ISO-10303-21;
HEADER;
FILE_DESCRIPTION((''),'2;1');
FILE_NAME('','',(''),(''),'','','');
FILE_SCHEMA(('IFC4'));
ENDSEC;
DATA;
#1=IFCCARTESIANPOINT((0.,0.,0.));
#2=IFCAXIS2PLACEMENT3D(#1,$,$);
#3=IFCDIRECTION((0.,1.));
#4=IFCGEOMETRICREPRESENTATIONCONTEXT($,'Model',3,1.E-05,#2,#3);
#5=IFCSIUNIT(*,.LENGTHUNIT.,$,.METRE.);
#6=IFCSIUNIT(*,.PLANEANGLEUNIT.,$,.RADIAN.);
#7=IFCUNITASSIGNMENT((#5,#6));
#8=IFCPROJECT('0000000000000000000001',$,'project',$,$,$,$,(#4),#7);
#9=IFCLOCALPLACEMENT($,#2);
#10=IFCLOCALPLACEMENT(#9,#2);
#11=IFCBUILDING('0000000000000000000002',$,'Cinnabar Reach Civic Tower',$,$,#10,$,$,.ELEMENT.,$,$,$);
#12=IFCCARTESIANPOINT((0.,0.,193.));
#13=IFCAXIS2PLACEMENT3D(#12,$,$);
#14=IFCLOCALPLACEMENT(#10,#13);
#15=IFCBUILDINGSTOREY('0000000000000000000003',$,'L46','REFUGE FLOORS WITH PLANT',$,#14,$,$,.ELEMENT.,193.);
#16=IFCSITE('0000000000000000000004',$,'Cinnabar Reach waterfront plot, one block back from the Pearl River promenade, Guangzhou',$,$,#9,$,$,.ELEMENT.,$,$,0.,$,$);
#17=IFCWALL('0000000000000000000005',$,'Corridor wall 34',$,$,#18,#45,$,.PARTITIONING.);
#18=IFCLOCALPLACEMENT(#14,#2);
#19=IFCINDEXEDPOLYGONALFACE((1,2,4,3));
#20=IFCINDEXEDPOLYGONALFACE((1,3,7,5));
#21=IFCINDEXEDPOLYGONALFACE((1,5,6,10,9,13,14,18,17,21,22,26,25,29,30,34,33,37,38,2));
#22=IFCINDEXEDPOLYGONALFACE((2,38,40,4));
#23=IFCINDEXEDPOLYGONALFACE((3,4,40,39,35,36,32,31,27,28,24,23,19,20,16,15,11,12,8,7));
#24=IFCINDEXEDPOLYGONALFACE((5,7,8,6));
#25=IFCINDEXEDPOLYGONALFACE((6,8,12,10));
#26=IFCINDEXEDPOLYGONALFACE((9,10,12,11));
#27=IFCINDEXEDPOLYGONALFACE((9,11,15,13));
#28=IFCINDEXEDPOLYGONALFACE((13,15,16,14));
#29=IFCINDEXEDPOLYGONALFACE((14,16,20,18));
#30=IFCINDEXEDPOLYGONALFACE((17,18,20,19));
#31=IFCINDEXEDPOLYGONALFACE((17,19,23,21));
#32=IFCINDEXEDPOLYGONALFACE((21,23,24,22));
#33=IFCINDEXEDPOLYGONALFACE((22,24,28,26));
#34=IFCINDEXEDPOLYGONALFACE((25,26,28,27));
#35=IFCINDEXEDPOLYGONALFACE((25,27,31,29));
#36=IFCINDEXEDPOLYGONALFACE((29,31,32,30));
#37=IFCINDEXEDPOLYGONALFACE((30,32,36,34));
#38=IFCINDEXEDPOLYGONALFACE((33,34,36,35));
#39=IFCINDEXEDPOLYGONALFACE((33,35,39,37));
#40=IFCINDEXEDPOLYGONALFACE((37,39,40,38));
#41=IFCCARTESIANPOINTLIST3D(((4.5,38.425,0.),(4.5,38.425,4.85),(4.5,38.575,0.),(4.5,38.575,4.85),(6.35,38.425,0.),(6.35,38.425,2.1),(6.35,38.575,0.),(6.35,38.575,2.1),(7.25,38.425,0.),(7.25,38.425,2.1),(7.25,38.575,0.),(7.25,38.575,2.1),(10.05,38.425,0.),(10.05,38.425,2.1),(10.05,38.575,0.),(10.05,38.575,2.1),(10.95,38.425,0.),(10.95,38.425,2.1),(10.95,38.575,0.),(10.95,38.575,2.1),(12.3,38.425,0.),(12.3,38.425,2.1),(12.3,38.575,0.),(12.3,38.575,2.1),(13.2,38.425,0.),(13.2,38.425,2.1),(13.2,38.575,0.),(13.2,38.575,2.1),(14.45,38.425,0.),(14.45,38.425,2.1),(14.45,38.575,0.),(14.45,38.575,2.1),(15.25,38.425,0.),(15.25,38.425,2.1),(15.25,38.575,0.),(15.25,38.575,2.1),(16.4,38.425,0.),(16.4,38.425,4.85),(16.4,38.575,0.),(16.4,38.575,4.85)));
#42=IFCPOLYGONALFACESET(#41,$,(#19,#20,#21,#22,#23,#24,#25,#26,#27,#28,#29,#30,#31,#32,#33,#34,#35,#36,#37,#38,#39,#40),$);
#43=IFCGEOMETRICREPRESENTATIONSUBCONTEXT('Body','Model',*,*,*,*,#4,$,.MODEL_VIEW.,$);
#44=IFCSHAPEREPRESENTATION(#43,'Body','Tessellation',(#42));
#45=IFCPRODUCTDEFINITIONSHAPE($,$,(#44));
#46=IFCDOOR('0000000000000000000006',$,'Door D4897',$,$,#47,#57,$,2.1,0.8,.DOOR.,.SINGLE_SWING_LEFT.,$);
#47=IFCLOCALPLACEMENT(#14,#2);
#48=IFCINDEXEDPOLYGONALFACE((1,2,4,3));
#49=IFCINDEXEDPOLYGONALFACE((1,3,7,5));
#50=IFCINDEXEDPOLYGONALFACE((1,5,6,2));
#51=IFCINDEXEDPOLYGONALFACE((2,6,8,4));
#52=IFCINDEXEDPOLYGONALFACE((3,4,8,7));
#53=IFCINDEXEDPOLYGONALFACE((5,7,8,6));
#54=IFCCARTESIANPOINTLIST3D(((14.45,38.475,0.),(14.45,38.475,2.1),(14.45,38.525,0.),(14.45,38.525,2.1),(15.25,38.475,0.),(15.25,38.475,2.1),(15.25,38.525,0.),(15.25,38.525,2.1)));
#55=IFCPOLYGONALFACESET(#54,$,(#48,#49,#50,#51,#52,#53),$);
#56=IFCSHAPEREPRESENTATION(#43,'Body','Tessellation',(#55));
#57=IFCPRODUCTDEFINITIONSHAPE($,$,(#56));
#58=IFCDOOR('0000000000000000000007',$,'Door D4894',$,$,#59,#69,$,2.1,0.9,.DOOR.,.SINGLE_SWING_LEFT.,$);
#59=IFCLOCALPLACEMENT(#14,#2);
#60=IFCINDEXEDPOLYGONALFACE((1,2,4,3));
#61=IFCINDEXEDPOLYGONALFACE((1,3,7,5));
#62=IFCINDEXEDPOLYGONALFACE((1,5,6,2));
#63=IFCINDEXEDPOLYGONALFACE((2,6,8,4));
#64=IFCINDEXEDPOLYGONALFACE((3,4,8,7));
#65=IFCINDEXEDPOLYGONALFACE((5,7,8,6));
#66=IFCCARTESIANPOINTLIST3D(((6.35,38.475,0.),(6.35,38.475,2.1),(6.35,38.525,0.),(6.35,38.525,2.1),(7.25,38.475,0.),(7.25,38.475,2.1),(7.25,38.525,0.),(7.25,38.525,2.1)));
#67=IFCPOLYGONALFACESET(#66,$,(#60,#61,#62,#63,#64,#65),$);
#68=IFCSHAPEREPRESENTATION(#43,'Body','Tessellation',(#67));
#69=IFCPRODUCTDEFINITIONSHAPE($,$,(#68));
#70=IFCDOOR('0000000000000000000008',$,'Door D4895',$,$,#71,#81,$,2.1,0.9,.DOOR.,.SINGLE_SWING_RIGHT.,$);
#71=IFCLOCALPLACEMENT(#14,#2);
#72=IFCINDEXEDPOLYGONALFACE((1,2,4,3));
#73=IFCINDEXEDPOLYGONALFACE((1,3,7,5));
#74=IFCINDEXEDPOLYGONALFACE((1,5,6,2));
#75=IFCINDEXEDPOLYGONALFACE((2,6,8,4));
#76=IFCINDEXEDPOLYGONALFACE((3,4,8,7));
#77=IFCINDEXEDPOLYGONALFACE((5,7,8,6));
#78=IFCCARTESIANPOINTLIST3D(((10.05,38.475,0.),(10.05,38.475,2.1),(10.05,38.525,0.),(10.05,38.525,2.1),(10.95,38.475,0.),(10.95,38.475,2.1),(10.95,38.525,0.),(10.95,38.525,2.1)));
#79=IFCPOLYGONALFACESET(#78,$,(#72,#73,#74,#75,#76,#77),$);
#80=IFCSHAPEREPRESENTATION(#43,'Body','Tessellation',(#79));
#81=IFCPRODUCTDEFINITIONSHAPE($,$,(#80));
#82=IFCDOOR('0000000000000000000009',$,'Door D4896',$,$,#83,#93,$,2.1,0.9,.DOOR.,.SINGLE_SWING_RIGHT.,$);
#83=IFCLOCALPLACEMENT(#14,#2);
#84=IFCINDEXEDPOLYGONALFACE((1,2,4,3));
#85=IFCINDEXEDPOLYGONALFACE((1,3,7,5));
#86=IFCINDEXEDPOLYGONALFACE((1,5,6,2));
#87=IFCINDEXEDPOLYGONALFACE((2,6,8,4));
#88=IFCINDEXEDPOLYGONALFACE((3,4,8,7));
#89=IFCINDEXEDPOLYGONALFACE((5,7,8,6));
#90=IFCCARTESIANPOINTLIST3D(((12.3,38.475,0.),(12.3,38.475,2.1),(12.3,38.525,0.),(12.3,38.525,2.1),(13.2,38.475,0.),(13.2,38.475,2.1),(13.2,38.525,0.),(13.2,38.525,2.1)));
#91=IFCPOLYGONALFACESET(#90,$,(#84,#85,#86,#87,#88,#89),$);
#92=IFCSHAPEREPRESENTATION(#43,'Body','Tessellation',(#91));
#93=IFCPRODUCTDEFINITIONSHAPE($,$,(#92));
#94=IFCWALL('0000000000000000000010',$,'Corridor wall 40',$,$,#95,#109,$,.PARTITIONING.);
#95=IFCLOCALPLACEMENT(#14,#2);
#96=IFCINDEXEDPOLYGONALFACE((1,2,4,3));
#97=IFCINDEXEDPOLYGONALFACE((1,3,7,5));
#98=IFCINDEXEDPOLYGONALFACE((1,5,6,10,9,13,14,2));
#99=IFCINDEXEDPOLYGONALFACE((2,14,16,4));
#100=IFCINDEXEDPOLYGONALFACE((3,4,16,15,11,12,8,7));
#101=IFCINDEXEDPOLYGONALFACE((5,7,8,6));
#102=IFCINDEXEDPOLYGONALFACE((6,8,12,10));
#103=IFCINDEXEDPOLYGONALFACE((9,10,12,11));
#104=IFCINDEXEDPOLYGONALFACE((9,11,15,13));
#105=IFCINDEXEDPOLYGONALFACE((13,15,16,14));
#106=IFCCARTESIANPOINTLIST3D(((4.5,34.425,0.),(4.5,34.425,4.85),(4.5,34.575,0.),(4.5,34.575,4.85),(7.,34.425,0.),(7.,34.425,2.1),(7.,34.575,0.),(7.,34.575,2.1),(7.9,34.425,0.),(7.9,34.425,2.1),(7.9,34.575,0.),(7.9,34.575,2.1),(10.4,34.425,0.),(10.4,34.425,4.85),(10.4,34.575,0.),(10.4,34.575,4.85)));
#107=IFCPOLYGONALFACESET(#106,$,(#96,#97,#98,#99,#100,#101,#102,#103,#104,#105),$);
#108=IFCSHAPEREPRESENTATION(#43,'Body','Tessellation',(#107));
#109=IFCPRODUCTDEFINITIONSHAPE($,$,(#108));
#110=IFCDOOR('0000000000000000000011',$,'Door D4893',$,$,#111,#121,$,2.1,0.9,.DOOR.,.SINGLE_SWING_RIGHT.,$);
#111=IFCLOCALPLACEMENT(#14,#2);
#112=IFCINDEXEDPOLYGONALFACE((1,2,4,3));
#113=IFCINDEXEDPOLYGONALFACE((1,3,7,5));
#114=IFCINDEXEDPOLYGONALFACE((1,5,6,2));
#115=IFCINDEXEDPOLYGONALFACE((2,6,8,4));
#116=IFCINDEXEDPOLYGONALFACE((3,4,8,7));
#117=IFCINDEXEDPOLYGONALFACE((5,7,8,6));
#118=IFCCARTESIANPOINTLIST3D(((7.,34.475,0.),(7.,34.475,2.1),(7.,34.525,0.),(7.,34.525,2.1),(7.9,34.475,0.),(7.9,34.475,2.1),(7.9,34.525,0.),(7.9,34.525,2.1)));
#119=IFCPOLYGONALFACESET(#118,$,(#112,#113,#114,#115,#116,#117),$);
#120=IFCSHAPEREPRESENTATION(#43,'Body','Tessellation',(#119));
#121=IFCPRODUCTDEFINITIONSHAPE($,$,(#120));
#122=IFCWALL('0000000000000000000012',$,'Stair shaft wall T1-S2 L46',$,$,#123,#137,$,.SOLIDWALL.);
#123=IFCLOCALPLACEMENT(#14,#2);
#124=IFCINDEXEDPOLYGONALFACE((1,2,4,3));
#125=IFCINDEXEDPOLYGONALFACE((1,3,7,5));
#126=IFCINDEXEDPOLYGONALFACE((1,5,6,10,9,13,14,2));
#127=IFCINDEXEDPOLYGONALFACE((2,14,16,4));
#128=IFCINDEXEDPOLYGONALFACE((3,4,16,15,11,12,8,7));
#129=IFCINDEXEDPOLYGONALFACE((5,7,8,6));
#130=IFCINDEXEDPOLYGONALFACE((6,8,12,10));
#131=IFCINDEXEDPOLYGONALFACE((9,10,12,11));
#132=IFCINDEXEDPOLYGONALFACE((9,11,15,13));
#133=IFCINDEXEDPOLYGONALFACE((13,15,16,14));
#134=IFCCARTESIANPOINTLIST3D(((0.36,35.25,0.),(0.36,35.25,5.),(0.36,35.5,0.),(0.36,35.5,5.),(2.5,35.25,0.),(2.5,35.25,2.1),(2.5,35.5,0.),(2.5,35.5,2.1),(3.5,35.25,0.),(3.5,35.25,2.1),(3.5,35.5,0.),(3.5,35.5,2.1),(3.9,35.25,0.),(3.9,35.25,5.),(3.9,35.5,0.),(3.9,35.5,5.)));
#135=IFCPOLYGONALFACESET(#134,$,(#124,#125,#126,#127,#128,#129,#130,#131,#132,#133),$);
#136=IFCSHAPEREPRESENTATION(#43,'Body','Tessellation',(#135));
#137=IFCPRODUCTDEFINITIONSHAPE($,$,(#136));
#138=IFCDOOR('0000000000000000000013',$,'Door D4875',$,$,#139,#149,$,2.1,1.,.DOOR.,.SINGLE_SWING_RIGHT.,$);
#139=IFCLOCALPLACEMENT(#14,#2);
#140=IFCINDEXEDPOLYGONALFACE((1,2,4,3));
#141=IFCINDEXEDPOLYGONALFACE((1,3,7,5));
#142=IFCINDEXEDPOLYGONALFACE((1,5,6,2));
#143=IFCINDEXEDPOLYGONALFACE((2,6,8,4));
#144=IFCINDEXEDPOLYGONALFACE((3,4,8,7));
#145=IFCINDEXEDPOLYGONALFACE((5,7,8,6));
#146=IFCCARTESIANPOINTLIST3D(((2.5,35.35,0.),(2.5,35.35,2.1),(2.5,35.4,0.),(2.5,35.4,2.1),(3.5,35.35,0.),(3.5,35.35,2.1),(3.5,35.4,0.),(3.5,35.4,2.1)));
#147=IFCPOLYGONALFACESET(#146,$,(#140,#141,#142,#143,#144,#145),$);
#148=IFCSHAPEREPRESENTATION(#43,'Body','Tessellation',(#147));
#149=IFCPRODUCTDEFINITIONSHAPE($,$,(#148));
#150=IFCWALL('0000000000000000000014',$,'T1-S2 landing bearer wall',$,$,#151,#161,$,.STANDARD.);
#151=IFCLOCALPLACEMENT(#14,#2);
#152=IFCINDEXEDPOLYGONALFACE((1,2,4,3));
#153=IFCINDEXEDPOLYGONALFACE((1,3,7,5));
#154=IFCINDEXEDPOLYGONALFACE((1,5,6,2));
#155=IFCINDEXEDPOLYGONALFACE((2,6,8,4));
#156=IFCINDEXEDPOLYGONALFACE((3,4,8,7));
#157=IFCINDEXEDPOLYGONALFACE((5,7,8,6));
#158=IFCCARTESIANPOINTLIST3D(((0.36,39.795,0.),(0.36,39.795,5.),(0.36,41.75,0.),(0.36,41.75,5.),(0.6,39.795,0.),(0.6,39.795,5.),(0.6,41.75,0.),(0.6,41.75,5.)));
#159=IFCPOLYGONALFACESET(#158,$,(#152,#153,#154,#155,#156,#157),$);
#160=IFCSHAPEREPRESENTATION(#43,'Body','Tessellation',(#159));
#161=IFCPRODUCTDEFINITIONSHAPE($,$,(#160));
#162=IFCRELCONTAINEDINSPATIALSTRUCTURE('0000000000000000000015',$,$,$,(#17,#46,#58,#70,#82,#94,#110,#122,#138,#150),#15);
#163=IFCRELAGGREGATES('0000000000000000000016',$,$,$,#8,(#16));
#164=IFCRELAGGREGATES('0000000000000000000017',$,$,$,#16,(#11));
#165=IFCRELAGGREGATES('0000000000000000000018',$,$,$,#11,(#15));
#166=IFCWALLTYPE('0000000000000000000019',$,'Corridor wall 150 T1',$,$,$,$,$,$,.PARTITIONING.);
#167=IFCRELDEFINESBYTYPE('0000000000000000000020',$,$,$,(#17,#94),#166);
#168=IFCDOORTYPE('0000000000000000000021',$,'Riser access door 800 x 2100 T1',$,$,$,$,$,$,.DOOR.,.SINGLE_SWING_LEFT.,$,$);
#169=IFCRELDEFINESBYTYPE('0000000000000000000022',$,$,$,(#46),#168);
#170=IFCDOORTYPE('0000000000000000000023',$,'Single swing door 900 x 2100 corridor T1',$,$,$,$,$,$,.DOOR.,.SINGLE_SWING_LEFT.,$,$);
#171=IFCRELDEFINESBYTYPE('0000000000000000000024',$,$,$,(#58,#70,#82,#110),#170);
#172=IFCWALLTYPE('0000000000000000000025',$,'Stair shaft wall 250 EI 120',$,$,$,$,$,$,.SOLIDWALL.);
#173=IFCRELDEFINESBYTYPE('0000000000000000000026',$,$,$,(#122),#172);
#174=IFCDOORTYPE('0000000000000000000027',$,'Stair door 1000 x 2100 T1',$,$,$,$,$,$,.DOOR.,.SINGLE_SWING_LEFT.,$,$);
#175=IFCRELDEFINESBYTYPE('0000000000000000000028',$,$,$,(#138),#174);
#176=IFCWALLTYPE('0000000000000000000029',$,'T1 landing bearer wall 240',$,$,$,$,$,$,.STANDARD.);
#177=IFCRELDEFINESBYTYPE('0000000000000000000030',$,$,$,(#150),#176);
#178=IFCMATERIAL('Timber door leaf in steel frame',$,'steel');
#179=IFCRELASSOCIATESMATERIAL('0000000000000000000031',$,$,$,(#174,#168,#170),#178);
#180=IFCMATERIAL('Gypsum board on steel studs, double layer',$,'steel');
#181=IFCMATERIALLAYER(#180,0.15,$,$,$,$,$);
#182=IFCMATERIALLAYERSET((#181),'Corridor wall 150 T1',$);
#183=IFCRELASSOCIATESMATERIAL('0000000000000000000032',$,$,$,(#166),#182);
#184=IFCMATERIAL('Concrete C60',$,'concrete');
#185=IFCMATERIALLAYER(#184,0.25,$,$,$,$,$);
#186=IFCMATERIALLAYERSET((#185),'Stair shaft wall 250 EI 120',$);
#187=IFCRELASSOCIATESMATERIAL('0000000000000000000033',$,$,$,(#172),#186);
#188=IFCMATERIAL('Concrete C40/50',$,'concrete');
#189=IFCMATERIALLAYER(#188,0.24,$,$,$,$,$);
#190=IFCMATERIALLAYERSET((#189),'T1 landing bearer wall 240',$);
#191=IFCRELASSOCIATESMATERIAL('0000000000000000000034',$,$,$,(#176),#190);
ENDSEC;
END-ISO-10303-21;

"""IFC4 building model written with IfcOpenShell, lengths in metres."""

from ifc_helpers import new_model, si_unit, direction, frame, frame_2d, origin, place, context, subcontext, project, spatial, rectangle, extrude, material, layer, layer_set, type_object, element, fill, save


model = new_model("IFC4")

# Units and contexts
model_context = context("Model", 3, precision=1e-05, world=origin(), true_north=direction((0.0, 1.0)))
body_context = subcontext(model_context, "Body", "Model", "MODEL_VIEW")
ifc_project = project(units=[si_unit("LENGTHUNIT", "METRE"), si_unit("PLANEANGLEUNIT", "RADIAN")], contexts=[model_context])

# Site, building, storey
site_placement = place(None, origin())
site = spatial("IfcSite", under=ifc_project, at=site_placement, Name="Cinnabar Reach waterfront plot, one block back from the Pearl River promenade, Guangzhou", CompositionType="ELEMENT", RefElevation=0.0)
building_placement = place(site_placement, origin())
building = spatial("IfcBuilding", under=site, at=building_placement, Name="Cinnabar Reach Civic Tower", CompositionType="ELEMENT")
storey_placement = place(building_placement, frame((0.0, 0.0, 193.0)))
storey = spatial("IfcBuildingStorey", under=building, at=storey_placement, Name="L46", Description="REFUGE FLOORS WITH PLANT", CompositionType="ELEMENT", Elevation=193.0)

# Shared definitions
ifc_material_1 = material(Name="Concrete C60", Category="concrete")

# Shared definitions
ifc_material_2 = material(Name="Timber door leaf in steel frame", Category="steel")
door_type_1 = type_object("IfcDoorType", Name="Stair door 1000 x 2100 T1", OperationType="SINGLE_SWING_LEFT", PredefinedType="DOOR", material=ifc_material_2)

# Wall, openings, doors
ifc_material_3 = material(Name="Gypsum board on steel studs, double layer", Category="steel")
ifc_layer_1 = layer(ifc_material_3, 0.15)
ifc_layer_set_1 = layer_set([ifc_layer_1], Name="Corridor wall 150 T1")
wall_type_1 = type_object("IfcWallType", Name="Corridor wall 150 T1", PredefinedType="PARTITIONING", material=ifc_layer_set_1)
wall_1_placement = place(storey_placement, frame((4.5, 38.5, 0.0), z_axis=(0.0, 0.0, 1.0), x_axis=(1.0, 0.0, 0.0)))
wall_1 = element("IfcWall", 1, at=wall_1_placement, inside=storey, type_object=wall_type_1, Name="Corridor wall 34", PredefinedType="PARTITIONING", context=body_context, shape_type="SweptSolid", body=[
    extrude(rectangle(XDim=11.9, YDim=0.15, at=frame_2d((5.95, 0.0))), origin(), (0.0, 0.0, 1.0), 4.85),
])
opening_1_placement = place(wall_1_placement, frame((1.85, 0.0, 0.0)))
opening_1 = element("IfcOpeningElement", 2, at=opening_1_placement, cuts=wall_1, PredefinedType="OPENING", context=body_context, shape_type="SweptSolid", body=[
    extrude(rectangle(XDim=0.9, YDim=2.1, at=frame_2d((0.45, 1.05))), frame((0.0, 0.085, 0.0), z_axis=(0.0, -1.0, 0.0), x_axis=(1.0, 0.0, 0.0)), (0.0, 0.0, 1.0), 0.17),
])
opening_2_placement = place(wall_1_placement, frame((5.55, 0.0, 0.0)))
opening_2 = element("IfcOpeningElement", 3, at=opening_2_placement, cuts=wall_1, PredefinedType="OPENING", context=body_context, shape_type="SweptSolid", body=[
    extrude(rectangle(XDim=0.9, YDim=2.1, at=frame_2d((0.45, 1.05))), frame((0.0, 0.085, 0.0), z_axis=(0.0, -1.0, 0.0), x_axis=(1.0, 0.0, 0.0)), (0.0, 0.0, 1.0), 0.17),
])
opening_3_placement = place(wall_1_placement, frame((7.8, 0.0, 0.0)))
opening_3 = element("IfcOpeningElement", 4, at=opening_3_placement, cuts=wall_1, PredefinedType="OPENING", context=body_context, shape_type="SweptSolid", body=[
    extrude(rectangle(XDim=0.9, YDim=2.1, at=frame_2d((0.45, 1.05))), frame((0.0, 0.085, 0.0), z_axis=(0.0, -1.0, 0.0), x_axis=(1.0, 0.0, 0.0)), (0.0, 0.0, 1.0), 0.17),
])
opening_4_placement = place(wall_1_placement, frame((9.95, 0.0, 0.0)))
opening_4 = element("IfcOpeningElement", 5, at=opening_4_placement, cuts=wall_1, PredefinedType="OPENING", context=body_context, shape_type="SweptSolid", body=[
    extrude(rectangle(XDim=0.8, YDim=2.1, at=frame_2d((0.4, 1.05))), frame((0.0, 0.085, 0.0), z_axis=(0.0, -1.0, 0.0), x_axis=(1.0, 0.0, 0.0)), (0.0, 0.0, 1.0), 0.17),
])
door_type_2 = type_object("IfcDoorType", Name="Riser access door 800 x 2100 T1", OperationType="SINGLE_SWING_LEFT", PredefinedType="DOOR", material=ifc_material_2)
door_1_placement = place(opening_4_placement, origin())
door_1 = element("IfcDoor", 6, at=door_1_placement, inside=storey, type_object=door_type_2, Name="Door D4897", OperationType="SINGLE_SWING_LEFT", OverallHeight=2.1, OverallWidth=0.8, PredefinedType="DOOR", context=body_context, shape_type="SweptSolid", body=[
    extrude(rectangle(XDim=0.8, YDim=2.1, at=frame_2d((0.4, 1.05))), frame((0.0, 0.025, 0.0), z_axis=(0.0, -1.0, 0.0), x_axis=(1.0, 0.0, 0.0)), (0.0, 0.0, 1.0), 0.05),
])
fill(opening_4, door_1)
door_type_3 = type_object("IfcDoorType", Name="Single swing door 900 x 2100 corridor T1", OperationType="SINGLE_SWING_LEFT", PredefinedType="DOOR", material=ifc_material_2)
door_2_placement = place(opening_1_placement, origin())
door_2 = element("IfcDoor", 7, at=door_2_placement, inside=storey, type_object=door_type_3, Name="Door D4894", OperationType="SINGLE_SWING_LEFT", OverallHeight=2.1, OverallWidth=0.9, PredefinedType="DOOR", context=body_context, shape_type="SweptSolid", body=[
    extrude(rectangle(XDim=0.9, YDim=2.1, at=frame_2d((0.45, 1.05))), frame((0.0, 0.025, 0.0), z_axis=(0.0, -1.0, 0.0), x_axis=(1.0, 0.0, 0.0)), (0.0, 0.0, 1.0), 0.05),
])
fill(opening_1, door_2)
door_3_placement = place(opening_2_placement, origin())
door_3 = element("IfcDoor", 8, at=door_3_placement, inside=storey, type_object=door_type_3, Name="Door D4895", OperationType="SINGLE_SWING_RIGHT", OverallHeight=2.1, OverallWidth=0.9, PredefinedType="DOOR", context=body_context, shape_type="SweptSolid", body=[
    extrude(rectangle(XDim=0.9, YDim=2.1, at=frame_2d((0.45, 1.05))), frame((0.0, 0.025, 0.0), z_axis=(0.0, -1.0, 0.0), x_axis=(1.0, 0.0, 0.0)), (0.0, 0.0, 1.0), 0.05),
])
fill(opening_2, door_3)
door_4_placement = place(opening_3_placement, origin())
door_4 = element("IfcDoor", 9, at=door_4_placement, inside=storey, type_object=door_type_3, Name="Door D4896", OperationType="SINGLE_SWING_RIGHT", OverallHeight=2.1, OverallWidth=0.9, PredefinedType="DOOR", context=body_context, shape_type="SweptSolid", body=[
    extrude(rectangle(XDim=0.9, YDim=2.1, at=frame_2d((0.45, 1.05))), frame((0.0, 0.025, 0.0), z_axis=(0.0, -1.0, 0.0), x_axis=(1.0, 0.0, 0.0)), (0.0, 0.0, 1.0), 0.05),
])
fill(opening_3, door_4)

# Walls, openings, doors
wall_2_placement = place(storey_placement, frame((4.5, 34.5, 0.0), z_axis=(0.0, 0.0, 1.0), x_axis=(1.0, 0.0, 0.0)))
wall_2 = element("IfcWall", 10, at=wall_2_placement, inside=storey, type_object=wall_type_1, Name="Corridor wall 40", PredefinedType="PARTITIONING", context=body_context, shape_type="SweptSolid", body=[
    extrude(rectangle(XDim=5.9, YDim=0.15, at=frame_2d((2.95, 0.0))), origin(), (0.0, 0.0, 1.0), 4.85),
])
opening_5_placement = place(wall_2_placement, frame((2.5, 0.0, 0.0)))
opening_5 = element("IfcOpeningElement", 11, at=opening_5_placement, cuts=wall_2, PredefinedType="OPENING", context=body_context, shape_type="SweptSolid", body=[
    extrude(rectangle(XDim=0.9, YDim=2.1, at=frame_2d((0.45, 1.05))), frame((0.0, 0.085, 0.0), z_axis=(0.0, -1.0, 0.0), x_axis=(1.0, 0.0, 0.0)), (0.0, 0.0, 1.0), 0.17),
])
door_5_placement = place(opening_5_placement, frame((0.9, 0.0, 0.0), z_axis=(0.0, 0.0, 1.0), x_axis=(-1.0, 0.0, 0.0)))
door_5 = element("IfcDoor", 12, at=door_5_placement, inside=storey, type_object=door_type_3, Name="Door D4893", OperationType="SINGLE_SWING_RIGHT", OverallHeight=2.1, OverallWidth=0.9, PredefinedType="DOOR", context=body_context, shape_type="SweptSolid", body=[
    extrude(rectangle(XDim=0.9, YDim=2.1, at=frame_2d((0.45, 1.05))), frame((0.0, 0.025, 0.0), z_axis=(0.0, -1.0, 0.0), x_axis=(1.0, 0.0, 0.0)), (0.0, 0.0, 1.0), 0.05),
])
fill(opening_5, door_5)
ifc_layer_2 = layer(ifc_material_1, 0.25)
ifc_layer_set_2 = layer_set([ifc_layer_2], Name="Stair shaft wall 250 EI 120")
wall_type_2 = type_object("IfcWallType", Name="Stair shaft wall 250 EI 120", PredefinedType="SOLIDWALL", material=ifc_layer_set_2)
wall_3_placement = place(storey_placement, frame((0.36, 35.375, 0.0), z_axis=(0.0, 0.0, 1.0), x_axis=(1.0, 0.0, 0.0)))
wall_3 = element("IfcWall", 13, at=wall_3_placement, inside=storey, type_object=wall_type_2, Name="Stair shaft wall T1-S2 L46", PredefinedType="SOLIDWALL", context=body_context, shape_type="SweptSolid", body=[
    extrude(rectangle(XDim=3.54, YDim=0.25, at=frame_2d((1.77, 0.0))), origin(), (0.0, 0.0, 1.0), 5.0),
])
opening_6_placement = place(wall_3_placement, frame((2.14, 0.0, 0.0)))
opening_6 = element("IfcOpeningElement", 14, at=opening_6_placement, cuts=wall_3, PredefinedType="OPENING", context=body_context, shape_type="SweptSolid", body=[
    extrude(rectangle(XDim=1.0, YDim=2.1, at=frame_2d((0.5, 1.05))), frame((0.0, 0.135, 0.0), z_axis=(0.0, -1.0, 0.0), x_axis=(1.0, 0.0, 0.0)), (0.0, 0.0, 1.0), 0.27),
])
door_6_placement = place(opening_6_placement, origin())
door_6 = element("IfcDoor", 15, at=door_6_placement, inside=storey, type_object=door_type_1, Name="Door D4875", OperationType="SINGLE_SWING_RIGHT", OverallHeight=2.1, OverallWidth=1.0, PredefinedType="DOOR", context=body_context, shape_type="SweptSolid", body=[
    extrude(rectangle(XDim=1.0, YDim=2.1, at=frame_2d((0.5, 1.05))), frame((0.0, 0.025, 0.0), z_axis=(0.0, -1.0, 0.0), x_axis=(1.0, 0.0, 0.0)), (0.0, 0.0, 1.0), 0.05),
])
fill(opening_6, door_6)

# Wall
ifc_material_4 = material(Name="Concrete C40/50", Category="concrete")
ifc_layer_3 = layer(ifc_material_4, 0.24)
ifc_layer_set_3 = layer_set([ifc_layer_3], Name="T1 landing bearer wall 240")
wall_type_3 = type_object("IfcWallType", Name="T1 landing bearer wall 240", PredefinedType="STANDARD", material=ifc_layer_set_3)
wall_4_placement = place(storey_placement, frame((0.48, 39.795, 0.0), z_axis=(0.0, 0.0, 1.0), x_axis=(0.0, 1.0, 0.0)))
element("IfcWall", 16, at=wall_4_placement, inside=storey, type_object=wall_type_3, Name="T1-S2 landing bearer wall", PredefinedType="STANDARD", context=body_context, shape_type="SweptSolid", body=[
    extrude(rectangle(XDim=1.955, YDim=0.24, at=frame_2d((0.9775, 0.0))), origin(), (0.0, 0.0, 1.0), 5.0),
])

save(model, "model.ifc")
